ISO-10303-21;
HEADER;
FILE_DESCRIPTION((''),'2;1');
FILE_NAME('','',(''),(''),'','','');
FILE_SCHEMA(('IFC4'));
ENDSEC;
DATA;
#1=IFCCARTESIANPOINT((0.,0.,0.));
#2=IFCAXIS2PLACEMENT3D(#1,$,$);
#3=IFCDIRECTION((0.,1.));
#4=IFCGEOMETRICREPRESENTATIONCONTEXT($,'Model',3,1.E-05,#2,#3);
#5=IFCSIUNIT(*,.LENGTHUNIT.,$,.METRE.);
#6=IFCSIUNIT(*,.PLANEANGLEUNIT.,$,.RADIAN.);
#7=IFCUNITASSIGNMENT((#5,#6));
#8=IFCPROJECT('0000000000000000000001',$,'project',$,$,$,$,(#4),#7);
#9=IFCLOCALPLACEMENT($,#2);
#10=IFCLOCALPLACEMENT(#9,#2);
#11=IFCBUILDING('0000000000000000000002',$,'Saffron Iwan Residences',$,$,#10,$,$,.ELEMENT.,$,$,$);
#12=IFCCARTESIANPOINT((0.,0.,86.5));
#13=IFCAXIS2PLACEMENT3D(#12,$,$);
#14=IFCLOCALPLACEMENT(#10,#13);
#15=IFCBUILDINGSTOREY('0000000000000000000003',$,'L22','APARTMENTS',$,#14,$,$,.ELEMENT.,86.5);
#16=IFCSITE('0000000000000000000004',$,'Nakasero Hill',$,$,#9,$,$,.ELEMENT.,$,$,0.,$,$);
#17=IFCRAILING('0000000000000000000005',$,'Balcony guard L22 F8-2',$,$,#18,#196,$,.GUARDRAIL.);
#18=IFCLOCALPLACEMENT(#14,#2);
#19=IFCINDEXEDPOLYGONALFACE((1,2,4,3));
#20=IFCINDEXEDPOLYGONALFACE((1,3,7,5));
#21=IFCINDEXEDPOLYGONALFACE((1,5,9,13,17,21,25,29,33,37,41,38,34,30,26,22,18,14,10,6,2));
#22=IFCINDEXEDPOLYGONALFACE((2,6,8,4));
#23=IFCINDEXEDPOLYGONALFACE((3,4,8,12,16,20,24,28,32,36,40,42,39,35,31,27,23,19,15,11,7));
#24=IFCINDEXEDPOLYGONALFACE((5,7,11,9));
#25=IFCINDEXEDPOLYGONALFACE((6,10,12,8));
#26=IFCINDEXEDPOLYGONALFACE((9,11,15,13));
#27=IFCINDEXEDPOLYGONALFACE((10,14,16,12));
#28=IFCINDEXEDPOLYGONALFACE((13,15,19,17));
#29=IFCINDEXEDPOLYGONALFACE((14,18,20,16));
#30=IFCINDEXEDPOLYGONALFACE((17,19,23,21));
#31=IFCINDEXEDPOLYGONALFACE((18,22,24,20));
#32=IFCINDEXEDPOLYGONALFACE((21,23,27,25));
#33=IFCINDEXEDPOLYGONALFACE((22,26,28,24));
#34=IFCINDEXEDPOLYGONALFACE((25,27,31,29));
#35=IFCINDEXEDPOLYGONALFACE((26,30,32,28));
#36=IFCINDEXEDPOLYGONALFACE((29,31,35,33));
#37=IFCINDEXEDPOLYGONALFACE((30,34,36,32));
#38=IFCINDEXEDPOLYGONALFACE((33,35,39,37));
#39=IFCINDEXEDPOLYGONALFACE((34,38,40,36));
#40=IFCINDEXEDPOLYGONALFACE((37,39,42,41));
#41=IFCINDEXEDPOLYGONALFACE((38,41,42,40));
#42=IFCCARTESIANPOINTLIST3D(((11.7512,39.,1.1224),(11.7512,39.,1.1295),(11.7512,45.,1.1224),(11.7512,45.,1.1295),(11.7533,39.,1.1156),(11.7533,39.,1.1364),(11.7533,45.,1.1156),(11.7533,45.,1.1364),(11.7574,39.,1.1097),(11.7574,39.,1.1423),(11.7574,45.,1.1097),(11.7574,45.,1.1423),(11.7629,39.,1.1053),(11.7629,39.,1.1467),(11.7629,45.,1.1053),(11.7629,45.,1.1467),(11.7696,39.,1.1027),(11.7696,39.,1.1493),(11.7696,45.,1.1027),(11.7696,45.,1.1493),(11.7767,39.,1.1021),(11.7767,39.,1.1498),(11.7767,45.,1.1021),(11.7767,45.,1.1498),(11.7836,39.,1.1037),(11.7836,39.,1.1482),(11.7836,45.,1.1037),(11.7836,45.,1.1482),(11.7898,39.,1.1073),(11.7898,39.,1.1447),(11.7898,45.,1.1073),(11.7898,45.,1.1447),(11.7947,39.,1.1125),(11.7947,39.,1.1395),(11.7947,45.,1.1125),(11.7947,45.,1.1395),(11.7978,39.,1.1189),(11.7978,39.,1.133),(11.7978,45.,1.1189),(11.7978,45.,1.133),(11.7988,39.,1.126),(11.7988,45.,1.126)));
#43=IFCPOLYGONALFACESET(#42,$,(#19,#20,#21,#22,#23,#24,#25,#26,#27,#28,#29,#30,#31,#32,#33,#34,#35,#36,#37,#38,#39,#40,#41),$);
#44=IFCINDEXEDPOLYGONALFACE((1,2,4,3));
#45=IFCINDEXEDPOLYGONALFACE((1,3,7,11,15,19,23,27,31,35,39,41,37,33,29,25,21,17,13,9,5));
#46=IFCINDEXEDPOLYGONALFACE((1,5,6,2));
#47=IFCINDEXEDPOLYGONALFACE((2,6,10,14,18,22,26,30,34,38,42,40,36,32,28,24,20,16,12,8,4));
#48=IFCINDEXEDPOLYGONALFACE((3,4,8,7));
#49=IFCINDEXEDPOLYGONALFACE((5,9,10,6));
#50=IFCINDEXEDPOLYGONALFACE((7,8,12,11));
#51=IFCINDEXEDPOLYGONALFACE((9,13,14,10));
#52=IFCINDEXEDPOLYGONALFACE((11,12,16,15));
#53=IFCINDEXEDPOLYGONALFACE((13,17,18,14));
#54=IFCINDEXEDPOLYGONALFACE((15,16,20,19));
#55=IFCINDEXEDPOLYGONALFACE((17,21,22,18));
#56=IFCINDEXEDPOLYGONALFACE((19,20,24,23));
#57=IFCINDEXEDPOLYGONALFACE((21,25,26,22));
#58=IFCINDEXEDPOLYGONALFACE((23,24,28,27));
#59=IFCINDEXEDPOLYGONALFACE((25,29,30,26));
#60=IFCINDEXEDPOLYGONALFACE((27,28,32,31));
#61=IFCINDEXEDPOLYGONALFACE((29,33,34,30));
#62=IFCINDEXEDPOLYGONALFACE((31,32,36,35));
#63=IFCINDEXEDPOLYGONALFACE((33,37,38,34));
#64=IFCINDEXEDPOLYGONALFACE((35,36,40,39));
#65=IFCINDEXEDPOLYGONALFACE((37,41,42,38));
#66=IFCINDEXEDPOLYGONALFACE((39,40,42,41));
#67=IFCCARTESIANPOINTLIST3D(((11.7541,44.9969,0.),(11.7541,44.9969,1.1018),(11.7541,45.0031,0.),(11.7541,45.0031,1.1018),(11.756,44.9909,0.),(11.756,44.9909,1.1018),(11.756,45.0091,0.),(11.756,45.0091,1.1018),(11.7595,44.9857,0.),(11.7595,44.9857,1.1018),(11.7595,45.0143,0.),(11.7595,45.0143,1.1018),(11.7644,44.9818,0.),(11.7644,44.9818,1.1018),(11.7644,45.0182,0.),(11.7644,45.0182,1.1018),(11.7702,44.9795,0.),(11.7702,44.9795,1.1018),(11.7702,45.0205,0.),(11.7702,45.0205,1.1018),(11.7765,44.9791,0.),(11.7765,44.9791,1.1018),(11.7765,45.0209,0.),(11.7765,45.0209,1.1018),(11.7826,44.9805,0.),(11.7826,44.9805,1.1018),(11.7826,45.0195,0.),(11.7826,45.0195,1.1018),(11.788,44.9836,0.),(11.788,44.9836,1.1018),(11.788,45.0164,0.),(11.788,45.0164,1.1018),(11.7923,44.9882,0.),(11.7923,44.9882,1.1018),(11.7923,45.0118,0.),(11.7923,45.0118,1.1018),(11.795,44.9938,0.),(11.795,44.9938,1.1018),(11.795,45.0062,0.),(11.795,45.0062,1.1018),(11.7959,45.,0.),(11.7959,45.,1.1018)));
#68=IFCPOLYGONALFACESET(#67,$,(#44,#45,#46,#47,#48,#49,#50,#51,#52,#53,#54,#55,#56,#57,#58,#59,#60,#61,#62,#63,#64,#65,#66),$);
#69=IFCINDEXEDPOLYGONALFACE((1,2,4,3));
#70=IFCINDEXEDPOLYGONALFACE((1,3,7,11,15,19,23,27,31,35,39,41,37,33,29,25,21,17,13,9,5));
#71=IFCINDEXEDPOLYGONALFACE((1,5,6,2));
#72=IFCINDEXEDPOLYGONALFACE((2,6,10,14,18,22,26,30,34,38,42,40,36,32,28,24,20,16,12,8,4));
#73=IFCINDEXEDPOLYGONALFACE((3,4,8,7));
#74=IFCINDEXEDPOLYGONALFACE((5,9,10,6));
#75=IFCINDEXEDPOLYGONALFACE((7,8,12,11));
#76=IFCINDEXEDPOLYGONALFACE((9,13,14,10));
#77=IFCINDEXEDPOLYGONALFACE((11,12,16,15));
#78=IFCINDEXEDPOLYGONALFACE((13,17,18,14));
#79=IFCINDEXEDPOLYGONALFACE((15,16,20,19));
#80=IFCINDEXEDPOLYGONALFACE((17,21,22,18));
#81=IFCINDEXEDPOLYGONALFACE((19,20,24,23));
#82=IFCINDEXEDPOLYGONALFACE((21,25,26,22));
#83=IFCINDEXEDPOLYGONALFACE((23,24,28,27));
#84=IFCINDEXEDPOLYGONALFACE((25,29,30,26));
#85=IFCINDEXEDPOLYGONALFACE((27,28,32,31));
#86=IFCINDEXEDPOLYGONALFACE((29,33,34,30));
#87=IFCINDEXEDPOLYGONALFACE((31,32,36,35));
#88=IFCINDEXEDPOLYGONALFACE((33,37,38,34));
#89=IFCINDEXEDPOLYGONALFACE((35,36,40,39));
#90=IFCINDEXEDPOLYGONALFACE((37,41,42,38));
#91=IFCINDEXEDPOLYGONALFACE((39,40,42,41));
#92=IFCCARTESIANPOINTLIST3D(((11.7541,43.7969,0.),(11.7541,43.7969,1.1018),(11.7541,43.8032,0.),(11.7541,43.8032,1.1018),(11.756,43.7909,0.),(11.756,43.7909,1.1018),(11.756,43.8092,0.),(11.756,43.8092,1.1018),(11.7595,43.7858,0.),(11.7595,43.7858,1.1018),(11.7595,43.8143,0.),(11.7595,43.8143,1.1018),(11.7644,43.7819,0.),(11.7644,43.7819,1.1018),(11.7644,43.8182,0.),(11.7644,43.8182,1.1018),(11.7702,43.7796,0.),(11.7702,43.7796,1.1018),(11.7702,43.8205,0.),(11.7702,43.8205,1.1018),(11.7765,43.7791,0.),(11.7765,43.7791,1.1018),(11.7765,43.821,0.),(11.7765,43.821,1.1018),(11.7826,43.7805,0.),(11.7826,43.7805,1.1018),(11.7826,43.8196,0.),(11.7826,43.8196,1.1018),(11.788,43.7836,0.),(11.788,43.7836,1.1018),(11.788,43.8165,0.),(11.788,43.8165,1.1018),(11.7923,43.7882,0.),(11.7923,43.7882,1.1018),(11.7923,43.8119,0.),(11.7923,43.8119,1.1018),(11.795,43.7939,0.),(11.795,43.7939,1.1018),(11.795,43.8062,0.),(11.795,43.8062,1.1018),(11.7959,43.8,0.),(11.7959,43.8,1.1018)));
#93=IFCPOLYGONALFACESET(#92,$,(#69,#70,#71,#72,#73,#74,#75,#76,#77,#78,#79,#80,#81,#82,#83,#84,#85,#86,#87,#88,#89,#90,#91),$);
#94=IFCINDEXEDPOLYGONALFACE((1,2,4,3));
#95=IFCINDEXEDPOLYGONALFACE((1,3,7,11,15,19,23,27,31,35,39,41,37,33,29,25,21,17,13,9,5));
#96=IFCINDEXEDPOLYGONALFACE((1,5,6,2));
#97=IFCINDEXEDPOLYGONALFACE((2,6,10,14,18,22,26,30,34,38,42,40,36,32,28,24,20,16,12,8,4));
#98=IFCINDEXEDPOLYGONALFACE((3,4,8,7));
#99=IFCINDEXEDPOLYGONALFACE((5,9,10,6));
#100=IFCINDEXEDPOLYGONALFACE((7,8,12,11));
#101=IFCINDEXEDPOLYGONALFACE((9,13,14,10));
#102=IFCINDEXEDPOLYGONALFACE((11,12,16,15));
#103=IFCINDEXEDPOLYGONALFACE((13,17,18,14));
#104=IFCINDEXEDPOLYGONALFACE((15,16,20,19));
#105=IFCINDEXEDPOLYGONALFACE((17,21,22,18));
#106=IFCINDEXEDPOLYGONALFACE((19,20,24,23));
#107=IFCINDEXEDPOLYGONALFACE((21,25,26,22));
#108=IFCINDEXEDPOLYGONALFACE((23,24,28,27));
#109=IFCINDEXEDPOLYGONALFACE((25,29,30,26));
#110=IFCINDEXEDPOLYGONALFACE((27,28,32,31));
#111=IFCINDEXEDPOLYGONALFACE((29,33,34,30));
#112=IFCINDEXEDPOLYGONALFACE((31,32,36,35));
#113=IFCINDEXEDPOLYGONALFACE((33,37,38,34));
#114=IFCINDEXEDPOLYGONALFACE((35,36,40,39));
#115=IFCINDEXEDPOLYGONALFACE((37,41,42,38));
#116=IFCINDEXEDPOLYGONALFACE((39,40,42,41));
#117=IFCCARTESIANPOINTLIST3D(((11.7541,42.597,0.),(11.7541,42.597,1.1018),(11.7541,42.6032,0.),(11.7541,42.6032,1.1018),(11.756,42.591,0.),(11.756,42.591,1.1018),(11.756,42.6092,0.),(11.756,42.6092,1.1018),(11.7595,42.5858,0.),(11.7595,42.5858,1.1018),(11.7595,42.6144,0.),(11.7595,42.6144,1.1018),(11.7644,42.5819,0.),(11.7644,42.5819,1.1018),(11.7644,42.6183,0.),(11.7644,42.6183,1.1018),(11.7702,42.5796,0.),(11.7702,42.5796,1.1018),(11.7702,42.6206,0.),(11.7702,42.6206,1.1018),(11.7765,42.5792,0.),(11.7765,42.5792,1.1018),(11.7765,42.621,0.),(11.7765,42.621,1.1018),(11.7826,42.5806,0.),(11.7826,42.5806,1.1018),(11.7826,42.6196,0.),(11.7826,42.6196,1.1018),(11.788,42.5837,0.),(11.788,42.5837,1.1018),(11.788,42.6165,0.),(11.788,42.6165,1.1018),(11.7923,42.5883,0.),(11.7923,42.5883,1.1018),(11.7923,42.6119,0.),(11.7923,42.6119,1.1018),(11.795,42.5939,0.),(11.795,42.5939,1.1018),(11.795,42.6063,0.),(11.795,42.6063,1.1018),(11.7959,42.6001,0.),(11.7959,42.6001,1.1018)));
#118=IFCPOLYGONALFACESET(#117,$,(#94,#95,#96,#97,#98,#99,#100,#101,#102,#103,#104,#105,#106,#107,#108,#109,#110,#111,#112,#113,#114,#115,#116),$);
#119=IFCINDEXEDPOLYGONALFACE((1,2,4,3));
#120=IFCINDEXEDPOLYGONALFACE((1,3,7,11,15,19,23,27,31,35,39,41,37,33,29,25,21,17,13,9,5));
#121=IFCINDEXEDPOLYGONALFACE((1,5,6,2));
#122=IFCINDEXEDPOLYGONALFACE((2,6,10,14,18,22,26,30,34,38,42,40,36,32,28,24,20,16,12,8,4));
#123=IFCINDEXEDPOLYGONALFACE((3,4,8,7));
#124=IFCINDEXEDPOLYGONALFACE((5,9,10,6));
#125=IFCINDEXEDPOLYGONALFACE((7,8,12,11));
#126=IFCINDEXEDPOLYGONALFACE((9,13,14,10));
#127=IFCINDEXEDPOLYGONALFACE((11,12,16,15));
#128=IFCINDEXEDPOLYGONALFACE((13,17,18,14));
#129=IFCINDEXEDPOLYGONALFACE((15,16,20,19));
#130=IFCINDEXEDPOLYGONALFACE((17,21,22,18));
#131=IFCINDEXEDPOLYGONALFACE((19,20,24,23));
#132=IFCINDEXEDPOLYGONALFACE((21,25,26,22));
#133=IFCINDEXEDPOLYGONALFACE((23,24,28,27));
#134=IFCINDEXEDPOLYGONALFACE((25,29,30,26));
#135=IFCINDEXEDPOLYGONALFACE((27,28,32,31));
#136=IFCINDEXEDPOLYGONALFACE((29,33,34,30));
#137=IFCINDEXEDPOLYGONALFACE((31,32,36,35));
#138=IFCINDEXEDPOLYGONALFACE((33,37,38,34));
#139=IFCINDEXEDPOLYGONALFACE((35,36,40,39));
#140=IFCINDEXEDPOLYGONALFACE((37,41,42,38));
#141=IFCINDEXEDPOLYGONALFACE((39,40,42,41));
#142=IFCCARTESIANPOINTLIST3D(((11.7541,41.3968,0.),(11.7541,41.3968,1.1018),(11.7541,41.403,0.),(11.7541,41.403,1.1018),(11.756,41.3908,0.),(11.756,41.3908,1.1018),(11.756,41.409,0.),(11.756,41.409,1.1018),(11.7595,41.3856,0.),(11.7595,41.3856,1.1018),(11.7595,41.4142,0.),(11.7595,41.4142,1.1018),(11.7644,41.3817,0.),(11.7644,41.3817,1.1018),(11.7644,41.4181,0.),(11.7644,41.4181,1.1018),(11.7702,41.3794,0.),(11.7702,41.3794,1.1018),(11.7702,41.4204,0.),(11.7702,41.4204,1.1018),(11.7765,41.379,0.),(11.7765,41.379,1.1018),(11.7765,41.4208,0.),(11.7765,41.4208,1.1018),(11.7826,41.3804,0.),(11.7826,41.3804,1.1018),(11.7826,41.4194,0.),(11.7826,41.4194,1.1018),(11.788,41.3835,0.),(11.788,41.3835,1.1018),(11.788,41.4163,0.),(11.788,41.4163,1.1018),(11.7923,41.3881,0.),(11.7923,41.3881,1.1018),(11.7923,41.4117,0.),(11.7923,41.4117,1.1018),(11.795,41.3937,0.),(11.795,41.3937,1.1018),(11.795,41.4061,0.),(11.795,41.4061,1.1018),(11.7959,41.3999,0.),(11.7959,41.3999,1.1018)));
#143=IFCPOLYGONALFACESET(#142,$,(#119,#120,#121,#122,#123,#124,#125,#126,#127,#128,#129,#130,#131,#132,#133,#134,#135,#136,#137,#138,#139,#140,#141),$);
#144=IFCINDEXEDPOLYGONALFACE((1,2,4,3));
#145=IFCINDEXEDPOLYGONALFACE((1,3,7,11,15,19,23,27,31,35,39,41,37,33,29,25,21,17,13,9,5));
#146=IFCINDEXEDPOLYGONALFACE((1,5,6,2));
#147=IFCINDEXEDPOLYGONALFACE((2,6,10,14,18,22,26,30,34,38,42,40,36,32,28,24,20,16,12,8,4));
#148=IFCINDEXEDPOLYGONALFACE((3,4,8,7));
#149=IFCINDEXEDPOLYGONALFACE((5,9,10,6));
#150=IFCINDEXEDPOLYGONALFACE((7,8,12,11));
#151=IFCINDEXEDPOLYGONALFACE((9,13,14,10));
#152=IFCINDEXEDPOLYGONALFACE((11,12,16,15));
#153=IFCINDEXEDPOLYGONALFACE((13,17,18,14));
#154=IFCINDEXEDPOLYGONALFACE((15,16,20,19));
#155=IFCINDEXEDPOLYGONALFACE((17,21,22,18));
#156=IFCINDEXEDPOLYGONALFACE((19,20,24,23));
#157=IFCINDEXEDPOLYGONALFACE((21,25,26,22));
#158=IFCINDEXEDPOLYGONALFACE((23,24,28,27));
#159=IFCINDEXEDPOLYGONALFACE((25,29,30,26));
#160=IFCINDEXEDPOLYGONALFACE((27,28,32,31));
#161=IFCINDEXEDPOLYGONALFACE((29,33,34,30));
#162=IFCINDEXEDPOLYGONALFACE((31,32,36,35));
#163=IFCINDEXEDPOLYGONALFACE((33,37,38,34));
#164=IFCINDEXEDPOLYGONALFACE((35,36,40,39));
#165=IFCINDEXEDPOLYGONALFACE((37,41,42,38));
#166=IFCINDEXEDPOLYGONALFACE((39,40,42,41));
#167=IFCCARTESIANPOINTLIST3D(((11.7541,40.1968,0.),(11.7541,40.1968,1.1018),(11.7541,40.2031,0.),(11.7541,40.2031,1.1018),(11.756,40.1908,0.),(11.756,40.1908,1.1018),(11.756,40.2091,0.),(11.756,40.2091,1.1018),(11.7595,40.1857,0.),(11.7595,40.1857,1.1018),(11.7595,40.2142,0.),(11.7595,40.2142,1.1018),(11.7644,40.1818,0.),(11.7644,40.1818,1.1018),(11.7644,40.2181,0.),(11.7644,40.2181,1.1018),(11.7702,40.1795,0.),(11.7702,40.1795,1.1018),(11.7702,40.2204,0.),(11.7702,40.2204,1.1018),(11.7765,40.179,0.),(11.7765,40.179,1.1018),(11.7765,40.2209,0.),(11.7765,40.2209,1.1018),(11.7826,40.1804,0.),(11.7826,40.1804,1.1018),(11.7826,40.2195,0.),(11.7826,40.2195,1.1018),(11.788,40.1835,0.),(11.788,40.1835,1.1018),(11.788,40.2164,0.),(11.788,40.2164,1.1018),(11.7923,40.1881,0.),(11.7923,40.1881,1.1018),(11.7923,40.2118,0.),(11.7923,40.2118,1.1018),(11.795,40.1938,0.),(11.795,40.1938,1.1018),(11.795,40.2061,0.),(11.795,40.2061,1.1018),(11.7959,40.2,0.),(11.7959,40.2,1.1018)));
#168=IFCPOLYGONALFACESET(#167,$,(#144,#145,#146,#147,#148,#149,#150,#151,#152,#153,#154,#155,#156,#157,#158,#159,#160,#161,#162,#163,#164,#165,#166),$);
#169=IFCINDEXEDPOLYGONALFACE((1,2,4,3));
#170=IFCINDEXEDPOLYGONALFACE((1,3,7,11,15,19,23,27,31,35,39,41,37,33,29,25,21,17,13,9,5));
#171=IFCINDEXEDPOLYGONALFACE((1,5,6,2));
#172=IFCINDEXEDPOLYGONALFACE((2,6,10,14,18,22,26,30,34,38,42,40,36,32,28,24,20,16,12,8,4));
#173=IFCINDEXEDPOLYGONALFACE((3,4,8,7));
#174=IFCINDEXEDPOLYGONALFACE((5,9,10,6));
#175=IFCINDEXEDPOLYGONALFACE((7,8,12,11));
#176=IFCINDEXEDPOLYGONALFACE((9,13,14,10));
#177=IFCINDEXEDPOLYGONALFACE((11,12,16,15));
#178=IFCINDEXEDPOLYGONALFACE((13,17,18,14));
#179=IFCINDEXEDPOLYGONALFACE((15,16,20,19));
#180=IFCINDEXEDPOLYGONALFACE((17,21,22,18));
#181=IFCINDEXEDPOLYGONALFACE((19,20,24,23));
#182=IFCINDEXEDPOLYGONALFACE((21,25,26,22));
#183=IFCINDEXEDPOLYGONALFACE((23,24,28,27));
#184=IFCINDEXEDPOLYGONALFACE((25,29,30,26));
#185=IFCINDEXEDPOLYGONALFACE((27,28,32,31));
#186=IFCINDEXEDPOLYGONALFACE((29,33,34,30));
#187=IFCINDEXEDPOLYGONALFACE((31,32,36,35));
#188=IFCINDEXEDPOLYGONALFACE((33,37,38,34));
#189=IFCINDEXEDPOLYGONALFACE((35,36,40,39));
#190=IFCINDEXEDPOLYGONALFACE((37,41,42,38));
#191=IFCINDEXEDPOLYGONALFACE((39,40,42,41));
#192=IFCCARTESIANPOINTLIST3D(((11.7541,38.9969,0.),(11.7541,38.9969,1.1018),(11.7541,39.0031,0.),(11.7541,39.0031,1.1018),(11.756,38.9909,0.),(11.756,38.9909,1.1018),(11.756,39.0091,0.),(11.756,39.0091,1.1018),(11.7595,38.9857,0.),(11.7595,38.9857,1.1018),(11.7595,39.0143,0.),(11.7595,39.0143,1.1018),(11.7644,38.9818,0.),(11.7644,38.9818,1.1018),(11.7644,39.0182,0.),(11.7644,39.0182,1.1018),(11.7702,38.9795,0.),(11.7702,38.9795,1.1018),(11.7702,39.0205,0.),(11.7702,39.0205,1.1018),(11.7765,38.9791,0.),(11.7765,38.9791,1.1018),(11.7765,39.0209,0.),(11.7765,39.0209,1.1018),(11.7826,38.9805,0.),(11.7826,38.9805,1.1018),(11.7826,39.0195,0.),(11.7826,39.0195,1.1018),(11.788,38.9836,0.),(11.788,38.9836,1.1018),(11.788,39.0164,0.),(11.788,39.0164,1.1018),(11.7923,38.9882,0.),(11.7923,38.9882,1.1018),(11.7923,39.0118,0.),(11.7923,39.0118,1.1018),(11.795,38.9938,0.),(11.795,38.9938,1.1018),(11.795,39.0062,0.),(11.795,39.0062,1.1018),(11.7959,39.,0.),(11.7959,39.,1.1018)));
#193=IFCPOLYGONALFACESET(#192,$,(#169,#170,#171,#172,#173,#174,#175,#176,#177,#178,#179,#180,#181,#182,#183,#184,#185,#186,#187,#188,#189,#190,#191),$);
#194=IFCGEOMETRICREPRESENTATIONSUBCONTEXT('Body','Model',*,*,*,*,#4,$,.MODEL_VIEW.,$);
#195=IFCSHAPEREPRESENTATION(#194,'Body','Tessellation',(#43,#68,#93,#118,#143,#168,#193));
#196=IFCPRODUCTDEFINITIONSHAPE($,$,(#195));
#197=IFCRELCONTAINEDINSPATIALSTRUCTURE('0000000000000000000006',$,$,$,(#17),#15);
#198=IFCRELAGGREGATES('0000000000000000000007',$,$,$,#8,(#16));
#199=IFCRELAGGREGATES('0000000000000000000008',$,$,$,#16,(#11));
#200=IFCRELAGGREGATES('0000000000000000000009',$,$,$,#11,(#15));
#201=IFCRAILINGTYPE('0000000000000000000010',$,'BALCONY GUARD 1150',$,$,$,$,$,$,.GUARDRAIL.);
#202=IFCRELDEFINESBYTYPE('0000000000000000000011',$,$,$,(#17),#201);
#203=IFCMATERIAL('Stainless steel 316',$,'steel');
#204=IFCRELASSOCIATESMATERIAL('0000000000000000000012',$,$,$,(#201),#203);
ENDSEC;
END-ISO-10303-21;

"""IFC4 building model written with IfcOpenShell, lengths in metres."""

from ifc_helpers import new_model, si_unit, direction, frame, origin, origin_2d, place, context, subcontext, project, spatial, circle, extrude, material, type_object, element, save


model = new_model("IFC4")

# Units and contexts
model_context = context("Model", 3, precision=1e-05, world=origin(), true_north=direction((0.0, 1.0)))
body_context = subcontext(model_context, "Body", "Model", "MODEL_VIEW")
ifc_project = project(units=[si_unit("LENGTHUNIT", "METRE"), si_unit("PLANEANGLEUNIT", "RADIAN")], contexts=[model_context])

# Site, building, storey
site_placement = place(None, origin())
site = spatial("IfcSite", under=ifc_project, at=site_placement, Name="Nakasero Hill", CompositionType="ELEMENT", RefElevation=0.0)
building_placement = place(site_placement, origin())
building = spatial("IfcBuilding", under=site, at=building_placement, Name="Saffron Iwan Residences", CompositionType="ELEMENT")
storey_placement = place(building_placement, frame((0.0, 0.0, 86.5)))
storey = spatial("IfcBuildingStorey", under=building, at=storey_placement, Name="L22", Description="APARTMENTS", CompositionType="ELEMENT", Elevation=86.5)

# Railing
ifc_material_1 = material(Name="Stainless steel 316", Category="steel")
railing_type = type_object("IfcRailingType", Name="BALCONY GUARD 1150", PredefinedType="GUARDRAIL", material=ifc_material_1)
railing_placement = place(storey_placement, frame((11.7749, 45.0, 0.0)))
element("IfcRailing", 1, at=railing_placement, inside=storey, type_object=railing_type, Name="Balcony guard L22 F8-2", PredefinedType="GUARDRAIL", context=body_context, shape_type="SweptSolid", body=[
    extrude(circle(Radius=0.0239, at=origin_2d()), frame((0.0, 0.0, 1.126), z_axis=(0.0, -1.0, 0.0), x_axis=(1.0, 0.0, 0.0)), (0.0, 0.0, 1.0), 6.0),
    extrude(circle(Radius=0.021, at=origin_2d()), origin(), (0.0, 0.0, 1.0), 1.1018),
    extrude(circle(Radius=0.021, at=origin_2d()), frame((0.0, -1.2, 0.0)), (0.0, 0.0, 1.0), 1.1018),
    extrude(circle(Radius=0.021, at=origin_2d()), frame((0.0, -2.3999, 0.0)), (0.0, 0.0, 1.0), 1.1018),
    extrude(circle(Radius=0.021, at=origin_2d()), frame((0.0, -3.6001, 0.0)), (0.0, 0.0, 1.0), 1.1018),
    extrude(circle(Radius=0.021, at=origin_2d()), frame((0.0, -4.8, 0.0)), (0.0, 0.0, 1.0), 1.1018),
    extrude(circle(Radius=0.021, at=origin_2d()), frame((0.0, -6.0, 0.0)), (0.0, 0.0, 1.0), 1.1018),
])

save(model, "model.ifc")
